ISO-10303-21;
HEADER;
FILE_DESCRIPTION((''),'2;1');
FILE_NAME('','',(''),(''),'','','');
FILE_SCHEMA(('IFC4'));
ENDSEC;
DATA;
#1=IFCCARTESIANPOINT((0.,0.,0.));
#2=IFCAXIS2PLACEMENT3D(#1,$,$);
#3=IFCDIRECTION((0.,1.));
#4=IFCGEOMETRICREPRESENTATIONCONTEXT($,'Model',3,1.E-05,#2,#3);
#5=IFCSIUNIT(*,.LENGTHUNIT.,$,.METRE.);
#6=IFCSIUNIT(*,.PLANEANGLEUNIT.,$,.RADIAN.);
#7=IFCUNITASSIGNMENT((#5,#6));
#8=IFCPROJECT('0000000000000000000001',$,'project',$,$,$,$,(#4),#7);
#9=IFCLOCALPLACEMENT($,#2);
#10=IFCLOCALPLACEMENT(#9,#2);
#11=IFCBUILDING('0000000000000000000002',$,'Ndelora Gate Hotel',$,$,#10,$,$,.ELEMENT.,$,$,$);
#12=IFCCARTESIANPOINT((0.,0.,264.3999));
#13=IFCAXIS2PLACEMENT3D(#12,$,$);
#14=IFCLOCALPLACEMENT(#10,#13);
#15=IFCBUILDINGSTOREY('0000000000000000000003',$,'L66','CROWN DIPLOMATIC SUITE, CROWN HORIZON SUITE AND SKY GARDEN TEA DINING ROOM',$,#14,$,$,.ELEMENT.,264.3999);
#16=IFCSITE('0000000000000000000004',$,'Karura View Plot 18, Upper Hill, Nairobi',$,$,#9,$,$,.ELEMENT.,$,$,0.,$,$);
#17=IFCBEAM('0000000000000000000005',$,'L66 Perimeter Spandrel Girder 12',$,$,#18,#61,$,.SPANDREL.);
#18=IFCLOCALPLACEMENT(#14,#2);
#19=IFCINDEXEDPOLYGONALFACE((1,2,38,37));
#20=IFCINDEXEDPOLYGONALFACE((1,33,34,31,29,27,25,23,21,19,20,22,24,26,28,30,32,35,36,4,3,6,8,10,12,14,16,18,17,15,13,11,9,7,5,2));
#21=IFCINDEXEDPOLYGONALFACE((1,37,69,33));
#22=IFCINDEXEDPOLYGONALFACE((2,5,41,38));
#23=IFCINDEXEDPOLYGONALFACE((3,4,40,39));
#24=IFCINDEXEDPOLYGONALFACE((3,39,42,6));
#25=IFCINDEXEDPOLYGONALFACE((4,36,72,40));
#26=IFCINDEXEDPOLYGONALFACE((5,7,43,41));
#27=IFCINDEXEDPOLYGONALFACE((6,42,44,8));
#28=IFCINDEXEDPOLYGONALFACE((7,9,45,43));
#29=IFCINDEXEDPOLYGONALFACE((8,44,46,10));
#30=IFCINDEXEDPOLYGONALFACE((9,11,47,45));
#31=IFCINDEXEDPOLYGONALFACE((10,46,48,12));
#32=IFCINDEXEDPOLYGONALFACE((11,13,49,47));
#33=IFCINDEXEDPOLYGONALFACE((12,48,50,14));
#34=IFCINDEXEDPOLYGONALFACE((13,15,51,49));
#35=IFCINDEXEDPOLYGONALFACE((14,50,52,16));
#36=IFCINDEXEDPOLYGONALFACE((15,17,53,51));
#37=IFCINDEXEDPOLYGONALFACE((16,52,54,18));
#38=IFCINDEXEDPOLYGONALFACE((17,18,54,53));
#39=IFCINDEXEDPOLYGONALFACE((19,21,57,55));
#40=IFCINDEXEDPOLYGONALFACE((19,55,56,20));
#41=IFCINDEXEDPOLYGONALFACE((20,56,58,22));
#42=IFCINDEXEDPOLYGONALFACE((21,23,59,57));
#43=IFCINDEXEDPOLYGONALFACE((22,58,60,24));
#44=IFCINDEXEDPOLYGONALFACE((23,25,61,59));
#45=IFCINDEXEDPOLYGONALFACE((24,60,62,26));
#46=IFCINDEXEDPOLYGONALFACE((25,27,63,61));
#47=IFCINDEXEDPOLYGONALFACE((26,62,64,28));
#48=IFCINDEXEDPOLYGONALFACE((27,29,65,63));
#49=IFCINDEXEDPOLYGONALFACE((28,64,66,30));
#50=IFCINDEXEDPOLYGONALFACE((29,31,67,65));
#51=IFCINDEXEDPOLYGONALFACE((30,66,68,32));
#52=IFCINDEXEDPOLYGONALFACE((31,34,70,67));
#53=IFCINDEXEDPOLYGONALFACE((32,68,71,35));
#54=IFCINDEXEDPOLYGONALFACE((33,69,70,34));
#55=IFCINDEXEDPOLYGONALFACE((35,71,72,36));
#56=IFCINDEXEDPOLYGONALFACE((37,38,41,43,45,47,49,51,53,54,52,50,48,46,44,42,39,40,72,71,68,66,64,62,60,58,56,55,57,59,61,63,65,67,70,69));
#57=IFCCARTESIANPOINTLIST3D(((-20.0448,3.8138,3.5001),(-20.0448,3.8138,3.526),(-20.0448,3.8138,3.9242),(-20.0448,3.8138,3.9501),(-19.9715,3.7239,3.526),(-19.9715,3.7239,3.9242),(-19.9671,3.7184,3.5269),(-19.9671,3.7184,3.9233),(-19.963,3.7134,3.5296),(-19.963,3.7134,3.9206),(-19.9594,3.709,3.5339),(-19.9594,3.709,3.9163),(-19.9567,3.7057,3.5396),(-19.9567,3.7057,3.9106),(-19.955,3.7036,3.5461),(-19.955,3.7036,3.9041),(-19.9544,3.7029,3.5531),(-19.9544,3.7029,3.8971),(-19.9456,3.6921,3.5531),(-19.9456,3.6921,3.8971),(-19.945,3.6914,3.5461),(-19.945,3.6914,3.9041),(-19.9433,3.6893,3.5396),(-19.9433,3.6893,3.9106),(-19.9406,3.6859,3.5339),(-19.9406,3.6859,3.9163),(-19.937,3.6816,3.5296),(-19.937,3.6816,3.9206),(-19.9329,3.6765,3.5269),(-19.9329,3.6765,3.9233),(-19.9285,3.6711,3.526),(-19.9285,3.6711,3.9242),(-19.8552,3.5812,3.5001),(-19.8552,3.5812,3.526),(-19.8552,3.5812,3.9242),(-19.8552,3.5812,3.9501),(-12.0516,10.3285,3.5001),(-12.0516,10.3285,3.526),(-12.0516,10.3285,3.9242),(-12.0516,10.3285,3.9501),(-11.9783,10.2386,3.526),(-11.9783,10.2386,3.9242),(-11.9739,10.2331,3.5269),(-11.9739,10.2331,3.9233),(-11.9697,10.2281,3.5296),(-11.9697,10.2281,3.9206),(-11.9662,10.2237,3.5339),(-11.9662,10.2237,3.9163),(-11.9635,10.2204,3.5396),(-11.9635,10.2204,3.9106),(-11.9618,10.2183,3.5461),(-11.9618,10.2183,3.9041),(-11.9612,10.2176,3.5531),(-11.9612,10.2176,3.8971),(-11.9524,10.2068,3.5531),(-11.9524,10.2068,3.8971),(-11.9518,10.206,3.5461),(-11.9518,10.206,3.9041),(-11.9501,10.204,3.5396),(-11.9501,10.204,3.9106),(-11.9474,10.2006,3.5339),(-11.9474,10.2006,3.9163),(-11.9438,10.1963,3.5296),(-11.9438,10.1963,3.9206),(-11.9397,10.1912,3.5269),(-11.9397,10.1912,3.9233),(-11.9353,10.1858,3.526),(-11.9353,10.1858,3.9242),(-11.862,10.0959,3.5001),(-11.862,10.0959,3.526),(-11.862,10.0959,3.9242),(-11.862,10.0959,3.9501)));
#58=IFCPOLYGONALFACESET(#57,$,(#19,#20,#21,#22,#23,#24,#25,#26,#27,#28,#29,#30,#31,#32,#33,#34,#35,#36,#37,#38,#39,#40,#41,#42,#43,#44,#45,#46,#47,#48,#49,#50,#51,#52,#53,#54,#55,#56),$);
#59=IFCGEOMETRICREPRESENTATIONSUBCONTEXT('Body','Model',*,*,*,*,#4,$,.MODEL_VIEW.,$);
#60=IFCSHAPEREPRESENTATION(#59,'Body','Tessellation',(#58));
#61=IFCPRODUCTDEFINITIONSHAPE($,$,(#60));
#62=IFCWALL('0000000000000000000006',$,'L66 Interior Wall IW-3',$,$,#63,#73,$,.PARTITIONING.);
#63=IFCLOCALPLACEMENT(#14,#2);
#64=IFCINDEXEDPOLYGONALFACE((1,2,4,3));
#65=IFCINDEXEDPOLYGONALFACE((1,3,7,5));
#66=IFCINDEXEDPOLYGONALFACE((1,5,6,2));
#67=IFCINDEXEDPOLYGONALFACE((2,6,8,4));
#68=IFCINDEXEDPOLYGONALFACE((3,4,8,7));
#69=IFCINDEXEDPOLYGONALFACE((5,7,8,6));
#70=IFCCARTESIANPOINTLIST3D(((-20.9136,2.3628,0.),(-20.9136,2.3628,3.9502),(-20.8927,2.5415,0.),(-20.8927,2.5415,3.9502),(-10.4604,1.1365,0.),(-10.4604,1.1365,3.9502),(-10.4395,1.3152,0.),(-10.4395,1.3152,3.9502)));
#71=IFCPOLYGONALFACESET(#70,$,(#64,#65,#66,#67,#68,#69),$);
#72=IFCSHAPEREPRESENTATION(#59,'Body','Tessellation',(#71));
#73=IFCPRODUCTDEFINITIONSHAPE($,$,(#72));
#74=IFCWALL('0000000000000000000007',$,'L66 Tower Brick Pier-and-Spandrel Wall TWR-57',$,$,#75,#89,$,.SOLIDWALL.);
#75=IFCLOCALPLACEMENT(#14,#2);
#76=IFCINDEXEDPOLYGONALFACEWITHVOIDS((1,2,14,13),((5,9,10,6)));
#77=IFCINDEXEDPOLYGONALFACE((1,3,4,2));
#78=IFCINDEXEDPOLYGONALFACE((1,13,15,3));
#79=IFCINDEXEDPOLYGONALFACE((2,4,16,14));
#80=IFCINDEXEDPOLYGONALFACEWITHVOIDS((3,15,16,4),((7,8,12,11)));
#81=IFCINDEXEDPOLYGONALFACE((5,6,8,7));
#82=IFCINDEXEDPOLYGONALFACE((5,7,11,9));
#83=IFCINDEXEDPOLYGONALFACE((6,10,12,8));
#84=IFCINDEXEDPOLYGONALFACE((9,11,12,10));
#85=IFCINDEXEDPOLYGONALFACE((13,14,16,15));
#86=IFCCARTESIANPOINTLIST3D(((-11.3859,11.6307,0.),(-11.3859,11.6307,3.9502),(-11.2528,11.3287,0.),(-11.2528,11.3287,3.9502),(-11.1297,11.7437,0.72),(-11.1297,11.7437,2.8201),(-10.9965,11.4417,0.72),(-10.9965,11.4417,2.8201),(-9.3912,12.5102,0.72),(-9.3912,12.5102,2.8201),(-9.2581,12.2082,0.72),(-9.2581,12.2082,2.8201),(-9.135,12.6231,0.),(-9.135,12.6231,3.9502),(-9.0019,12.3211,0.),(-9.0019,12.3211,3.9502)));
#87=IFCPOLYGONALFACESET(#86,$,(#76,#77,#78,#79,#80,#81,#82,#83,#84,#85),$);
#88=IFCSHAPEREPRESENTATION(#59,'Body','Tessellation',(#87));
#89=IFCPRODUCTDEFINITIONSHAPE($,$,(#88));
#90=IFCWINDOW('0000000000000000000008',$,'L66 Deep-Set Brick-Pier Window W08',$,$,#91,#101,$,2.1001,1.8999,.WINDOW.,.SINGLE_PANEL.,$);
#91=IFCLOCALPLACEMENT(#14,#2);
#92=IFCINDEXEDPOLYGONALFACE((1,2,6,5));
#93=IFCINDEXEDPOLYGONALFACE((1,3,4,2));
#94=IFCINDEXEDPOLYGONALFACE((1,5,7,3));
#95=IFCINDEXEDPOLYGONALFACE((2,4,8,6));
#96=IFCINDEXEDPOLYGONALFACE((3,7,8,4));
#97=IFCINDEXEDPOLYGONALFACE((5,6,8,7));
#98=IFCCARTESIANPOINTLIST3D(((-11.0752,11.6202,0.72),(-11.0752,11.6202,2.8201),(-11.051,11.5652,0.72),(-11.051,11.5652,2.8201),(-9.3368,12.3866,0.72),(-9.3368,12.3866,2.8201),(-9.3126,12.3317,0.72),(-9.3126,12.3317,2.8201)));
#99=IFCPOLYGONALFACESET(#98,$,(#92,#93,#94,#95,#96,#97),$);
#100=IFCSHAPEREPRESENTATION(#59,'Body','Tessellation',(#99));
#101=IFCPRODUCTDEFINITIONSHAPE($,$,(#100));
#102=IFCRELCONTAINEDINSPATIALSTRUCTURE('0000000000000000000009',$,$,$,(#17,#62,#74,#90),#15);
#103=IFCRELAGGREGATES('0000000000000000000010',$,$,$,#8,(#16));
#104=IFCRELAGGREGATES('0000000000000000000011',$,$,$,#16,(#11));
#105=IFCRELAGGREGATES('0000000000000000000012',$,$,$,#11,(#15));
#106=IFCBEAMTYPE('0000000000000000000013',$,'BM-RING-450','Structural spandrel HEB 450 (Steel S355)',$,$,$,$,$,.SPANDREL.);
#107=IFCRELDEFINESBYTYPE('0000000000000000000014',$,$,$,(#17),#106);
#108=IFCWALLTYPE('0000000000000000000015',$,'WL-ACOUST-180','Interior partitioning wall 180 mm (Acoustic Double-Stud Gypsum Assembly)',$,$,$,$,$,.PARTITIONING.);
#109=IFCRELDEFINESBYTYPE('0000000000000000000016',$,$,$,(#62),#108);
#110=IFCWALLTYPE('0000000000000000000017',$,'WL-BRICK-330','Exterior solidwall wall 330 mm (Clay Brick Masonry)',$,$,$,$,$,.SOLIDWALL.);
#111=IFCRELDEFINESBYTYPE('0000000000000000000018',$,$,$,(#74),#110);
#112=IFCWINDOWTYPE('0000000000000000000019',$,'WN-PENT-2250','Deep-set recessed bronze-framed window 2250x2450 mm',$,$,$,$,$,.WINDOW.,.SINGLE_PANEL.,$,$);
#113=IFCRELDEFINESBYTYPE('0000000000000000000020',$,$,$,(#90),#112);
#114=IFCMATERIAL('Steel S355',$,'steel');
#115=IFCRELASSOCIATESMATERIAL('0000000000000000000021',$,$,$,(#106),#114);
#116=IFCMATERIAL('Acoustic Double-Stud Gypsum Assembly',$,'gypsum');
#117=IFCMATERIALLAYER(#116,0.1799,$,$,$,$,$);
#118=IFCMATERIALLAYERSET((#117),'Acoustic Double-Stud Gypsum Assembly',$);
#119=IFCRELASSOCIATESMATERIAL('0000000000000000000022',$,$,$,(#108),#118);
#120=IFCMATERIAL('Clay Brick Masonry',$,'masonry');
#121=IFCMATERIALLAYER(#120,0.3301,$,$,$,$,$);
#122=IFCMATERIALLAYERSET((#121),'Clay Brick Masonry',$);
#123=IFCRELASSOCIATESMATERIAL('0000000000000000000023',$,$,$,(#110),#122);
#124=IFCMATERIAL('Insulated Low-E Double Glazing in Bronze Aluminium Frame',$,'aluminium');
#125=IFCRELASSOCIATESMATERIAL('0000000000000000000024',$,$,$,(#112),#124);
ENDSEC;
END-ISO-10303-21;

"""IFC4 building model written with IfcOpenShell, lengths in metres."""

from ifc_helpers import new_model, si_unit, direction, frame, frame_2d, origin, origin_2d, place, context, subcontext, project, spatial, rectangle, i_section, extrude, material, layer, layer_set, material_profile, profile_set, type_object, element, fill, save


model = new_model("IFC4")

# Units and contexts
model_context = context("Model", 3, precision=1e-05, world=origin(), true_north=direction((0.0, 1.0)))
body_context = subcontext(model_context, "Body", "Model", "MODEL_VIEW")
ifc_project = project(units=[si_unit("LENGTHUNIT", "METRE"), si_unit("PLANEANGLEUNIT", "RADIAN")], contexts=[model_context])

# Site, building, storey
site_placement = place(None, origin())
site = spatial("IfcSite", under=ifc_project, at=site_placement, Name="Karura View Plot 18, Upper Hill, Nairobi", CompositionType="ELEMENT", RefElevation=0.0)
building_placement = place(site_placement, origin())
building = spatial("IfcBuilding", under=site, at=building_placement, Name="Ndelora Gate Hotel", CompositionType="ELEMENT")
storey_placement = place(building_placement, frame((0.0, 0.0, 264.3999)))
storey = spatial("IfcBuildingStorey", under=building, at=storey_placement, Name="L66", Description="CROWN DIPLOMATIC SUITE, CROWN HORIZON SUITE AND SKY GARDEN TEA DINING ROOM", CompositionType="ELEMENT", Elevation=264.3999)

# Beam
ifc_material_1 = material(Name="Steel S355", Category="steel")
ifc_material_profile = material_profile(ifc_material_1, i_section(OverallWidth=0.3, OverallDepth=0.45, WebThickness=0.0139, FlangeThickness=0.0259, FilletRadius=0.0271, at=origin_2d()), Name="HEB 450")
ifc_profile_set = profile_set([ifc_material_profile], Name="Steel S355")
beam_type = type_object("IfcBeamType", Name="BM-RING-450", Description="Structural spandrel HEB 450 (Steel S355)", PredefinedType="SPANDREL", material=ifc_profile_set)
beam_placement = place(storey_placement, frame((-11.9568, 10.2122, 3.7251), z_axis=(-0.775154, -0.631772, 0.0), x_axis=(0.631772, -0.775154, 0.0)))
element("IfcBeam", 1, at=beam_placement, inside=storey, type_object=beam_type, Name="L66 Perimeter Spandrel Girder 12", PredefinedType="SPANDREL", context=body_context, shape_type="SweptSolid", body=[
    extrude(i_section(OverallWidth=0.3, OverallDepth=0.45, WebThickness=0.0139, FlangeThickness=0.0259, FilletRadius=0.0271, at=origin_2d()), origin(), (0.0, 0.0, 1.0), 10.3118),
])

# Wall
ifc_material_2 = material(Name="Acoustic Double-Stud Gypsum Assembly", Category="gypsum")
ifc_layer_1 = layer(ifc_material_2, 0.1799)
ifc_layer_set_1 = layer_set([ifc_layer_1], Name="Acoustic Double-Stud Gypsum Assembly")
wall_type_1 = type_object("IfcWallType", Name="WL-ACOUST-180", Description="Interior partitioning wall 180 mm (Acoustic Double-Stud Gypsum Assembly)", PredefinedType="PARTITIONING", material=ifc_layer_set_1)
wall_1_placement = place(storey_placement, frame((-10.45, 1.2258, 0.0), z_axis=(0.0, 0.0, 1.0), x_axis=(-0.993189, 0.116517, 0.0)))
element("IfcWall", 2, at=wall_1_placement, inside=storey, type_object=wall_type_1, Name="L66 Interior Wall IW-3", PredefinedType="PARTITIONING", context=body_context, shape_type="SweptSolid", body=[
    extrude(rectangle(XDim=10.5249, YDim=0.1799, at=frame_2d((5.2625, 0.0))), origin(), (0.0, 0.0, 1.0), 3.9502),
])

# Wall, opening, window
ifc_material_3 = material(Name="Clay Brick Masonry", Category="masonry")
ifc_layer_2 = layer(ifc_material_3, 0.3301)
ifc_layer_set_2 = layer_set([ifc_layer_2], Name="Clay Brick Masonry")
wall_type_2 = type_object("IfcWallType", Name="WL-BRICK-330", Description="Exterior solidwall wall 330 mm (Clay Brick Masonry)", PredefinedType="SOLIDWALL", material=ifc_layer_set_2)
wall_2_placement = place(storey_placement, frame((-11.3193, 11.4797, 0.0), z_axis=(0.0, 0.0, 1.0), x_axis=(0.915015, 0.40342, 0.0)))
wall_2 = element("IfcWall", 3, at=wall_2_placement, inside=storey, type_object=wall_type_2, Name="L66 Tower Brick Pier-and-Spandrel Wall TWR-57", PredefinedType="SOLIDWALL", context=body_context, shape_type="SweptSolid", body=[
    extrude(rectangle(XDim=2.46, YDim=0.3301, at=frame_2d((1.23, 0.0))), origin(), (0.0, 0.0, 1.0), 3.9502),
])
opening_1_placement = place(wall_2_placement, frame((0.28, 0.0, 0.72)))
opening_1 = element("IfcOpeningElement", 4, at=opening_1_placement, cuts=wall_2, PredefinedType="OPENING", context=body_context, shape_type="SweptSolid", body=[
    extrude(rectangle(XDim=1.8999, YDim=2.1001, at=frame_2d((0.95, 1.05))), frame((0.0, 0.175, 0.0), z_axis=(0.0, -1.0, 0.0), x_axis=(1.0, 0.0, 0.0)), (0.0, 0.0, 1.0), 0.3501),
])
ifc_material_4 = material(Name="Insulated Low-E Double Glazing in Bronze Aluminium Frame", Category="aluminium")
window_type = type_object("IfcWindowType", Name="WN-PENT-2250", Description="Deep-set recessed bronze-framed window 2250x2450 mm", PartitioningType="SINGLE_PANEL", PredefinedType="WINDOW", material=ifc_material_4)
window_placement = place(opening_1_placement, origin())
window = element("IfcWindow", 5, at=window_placement, inside=storey, type_object=window_type, Name="L66 Deep-Set Brick-Pier Window W08", OverallHeight=2.1001, OverallWidth=1.8999, PartitioningType="SINGLE_PANEL", PredefinedType="WINDOW", context=body_context, shape_type="SweptSolid", body=[
    extrude(rectangle(XDim=1.8999, YDim=2.1001, at=frame_2d((0.95, 1.05))), frame((0.0, 0.03, 0.0), z_axis=(0.0, -1.0, 0.0), x_axis=(1.0, 0.0, 0.0)), (0.0, 0.0, 1.0), 0.0601),
])
fill(opening_1, window)

save(model, "model.ifc")
